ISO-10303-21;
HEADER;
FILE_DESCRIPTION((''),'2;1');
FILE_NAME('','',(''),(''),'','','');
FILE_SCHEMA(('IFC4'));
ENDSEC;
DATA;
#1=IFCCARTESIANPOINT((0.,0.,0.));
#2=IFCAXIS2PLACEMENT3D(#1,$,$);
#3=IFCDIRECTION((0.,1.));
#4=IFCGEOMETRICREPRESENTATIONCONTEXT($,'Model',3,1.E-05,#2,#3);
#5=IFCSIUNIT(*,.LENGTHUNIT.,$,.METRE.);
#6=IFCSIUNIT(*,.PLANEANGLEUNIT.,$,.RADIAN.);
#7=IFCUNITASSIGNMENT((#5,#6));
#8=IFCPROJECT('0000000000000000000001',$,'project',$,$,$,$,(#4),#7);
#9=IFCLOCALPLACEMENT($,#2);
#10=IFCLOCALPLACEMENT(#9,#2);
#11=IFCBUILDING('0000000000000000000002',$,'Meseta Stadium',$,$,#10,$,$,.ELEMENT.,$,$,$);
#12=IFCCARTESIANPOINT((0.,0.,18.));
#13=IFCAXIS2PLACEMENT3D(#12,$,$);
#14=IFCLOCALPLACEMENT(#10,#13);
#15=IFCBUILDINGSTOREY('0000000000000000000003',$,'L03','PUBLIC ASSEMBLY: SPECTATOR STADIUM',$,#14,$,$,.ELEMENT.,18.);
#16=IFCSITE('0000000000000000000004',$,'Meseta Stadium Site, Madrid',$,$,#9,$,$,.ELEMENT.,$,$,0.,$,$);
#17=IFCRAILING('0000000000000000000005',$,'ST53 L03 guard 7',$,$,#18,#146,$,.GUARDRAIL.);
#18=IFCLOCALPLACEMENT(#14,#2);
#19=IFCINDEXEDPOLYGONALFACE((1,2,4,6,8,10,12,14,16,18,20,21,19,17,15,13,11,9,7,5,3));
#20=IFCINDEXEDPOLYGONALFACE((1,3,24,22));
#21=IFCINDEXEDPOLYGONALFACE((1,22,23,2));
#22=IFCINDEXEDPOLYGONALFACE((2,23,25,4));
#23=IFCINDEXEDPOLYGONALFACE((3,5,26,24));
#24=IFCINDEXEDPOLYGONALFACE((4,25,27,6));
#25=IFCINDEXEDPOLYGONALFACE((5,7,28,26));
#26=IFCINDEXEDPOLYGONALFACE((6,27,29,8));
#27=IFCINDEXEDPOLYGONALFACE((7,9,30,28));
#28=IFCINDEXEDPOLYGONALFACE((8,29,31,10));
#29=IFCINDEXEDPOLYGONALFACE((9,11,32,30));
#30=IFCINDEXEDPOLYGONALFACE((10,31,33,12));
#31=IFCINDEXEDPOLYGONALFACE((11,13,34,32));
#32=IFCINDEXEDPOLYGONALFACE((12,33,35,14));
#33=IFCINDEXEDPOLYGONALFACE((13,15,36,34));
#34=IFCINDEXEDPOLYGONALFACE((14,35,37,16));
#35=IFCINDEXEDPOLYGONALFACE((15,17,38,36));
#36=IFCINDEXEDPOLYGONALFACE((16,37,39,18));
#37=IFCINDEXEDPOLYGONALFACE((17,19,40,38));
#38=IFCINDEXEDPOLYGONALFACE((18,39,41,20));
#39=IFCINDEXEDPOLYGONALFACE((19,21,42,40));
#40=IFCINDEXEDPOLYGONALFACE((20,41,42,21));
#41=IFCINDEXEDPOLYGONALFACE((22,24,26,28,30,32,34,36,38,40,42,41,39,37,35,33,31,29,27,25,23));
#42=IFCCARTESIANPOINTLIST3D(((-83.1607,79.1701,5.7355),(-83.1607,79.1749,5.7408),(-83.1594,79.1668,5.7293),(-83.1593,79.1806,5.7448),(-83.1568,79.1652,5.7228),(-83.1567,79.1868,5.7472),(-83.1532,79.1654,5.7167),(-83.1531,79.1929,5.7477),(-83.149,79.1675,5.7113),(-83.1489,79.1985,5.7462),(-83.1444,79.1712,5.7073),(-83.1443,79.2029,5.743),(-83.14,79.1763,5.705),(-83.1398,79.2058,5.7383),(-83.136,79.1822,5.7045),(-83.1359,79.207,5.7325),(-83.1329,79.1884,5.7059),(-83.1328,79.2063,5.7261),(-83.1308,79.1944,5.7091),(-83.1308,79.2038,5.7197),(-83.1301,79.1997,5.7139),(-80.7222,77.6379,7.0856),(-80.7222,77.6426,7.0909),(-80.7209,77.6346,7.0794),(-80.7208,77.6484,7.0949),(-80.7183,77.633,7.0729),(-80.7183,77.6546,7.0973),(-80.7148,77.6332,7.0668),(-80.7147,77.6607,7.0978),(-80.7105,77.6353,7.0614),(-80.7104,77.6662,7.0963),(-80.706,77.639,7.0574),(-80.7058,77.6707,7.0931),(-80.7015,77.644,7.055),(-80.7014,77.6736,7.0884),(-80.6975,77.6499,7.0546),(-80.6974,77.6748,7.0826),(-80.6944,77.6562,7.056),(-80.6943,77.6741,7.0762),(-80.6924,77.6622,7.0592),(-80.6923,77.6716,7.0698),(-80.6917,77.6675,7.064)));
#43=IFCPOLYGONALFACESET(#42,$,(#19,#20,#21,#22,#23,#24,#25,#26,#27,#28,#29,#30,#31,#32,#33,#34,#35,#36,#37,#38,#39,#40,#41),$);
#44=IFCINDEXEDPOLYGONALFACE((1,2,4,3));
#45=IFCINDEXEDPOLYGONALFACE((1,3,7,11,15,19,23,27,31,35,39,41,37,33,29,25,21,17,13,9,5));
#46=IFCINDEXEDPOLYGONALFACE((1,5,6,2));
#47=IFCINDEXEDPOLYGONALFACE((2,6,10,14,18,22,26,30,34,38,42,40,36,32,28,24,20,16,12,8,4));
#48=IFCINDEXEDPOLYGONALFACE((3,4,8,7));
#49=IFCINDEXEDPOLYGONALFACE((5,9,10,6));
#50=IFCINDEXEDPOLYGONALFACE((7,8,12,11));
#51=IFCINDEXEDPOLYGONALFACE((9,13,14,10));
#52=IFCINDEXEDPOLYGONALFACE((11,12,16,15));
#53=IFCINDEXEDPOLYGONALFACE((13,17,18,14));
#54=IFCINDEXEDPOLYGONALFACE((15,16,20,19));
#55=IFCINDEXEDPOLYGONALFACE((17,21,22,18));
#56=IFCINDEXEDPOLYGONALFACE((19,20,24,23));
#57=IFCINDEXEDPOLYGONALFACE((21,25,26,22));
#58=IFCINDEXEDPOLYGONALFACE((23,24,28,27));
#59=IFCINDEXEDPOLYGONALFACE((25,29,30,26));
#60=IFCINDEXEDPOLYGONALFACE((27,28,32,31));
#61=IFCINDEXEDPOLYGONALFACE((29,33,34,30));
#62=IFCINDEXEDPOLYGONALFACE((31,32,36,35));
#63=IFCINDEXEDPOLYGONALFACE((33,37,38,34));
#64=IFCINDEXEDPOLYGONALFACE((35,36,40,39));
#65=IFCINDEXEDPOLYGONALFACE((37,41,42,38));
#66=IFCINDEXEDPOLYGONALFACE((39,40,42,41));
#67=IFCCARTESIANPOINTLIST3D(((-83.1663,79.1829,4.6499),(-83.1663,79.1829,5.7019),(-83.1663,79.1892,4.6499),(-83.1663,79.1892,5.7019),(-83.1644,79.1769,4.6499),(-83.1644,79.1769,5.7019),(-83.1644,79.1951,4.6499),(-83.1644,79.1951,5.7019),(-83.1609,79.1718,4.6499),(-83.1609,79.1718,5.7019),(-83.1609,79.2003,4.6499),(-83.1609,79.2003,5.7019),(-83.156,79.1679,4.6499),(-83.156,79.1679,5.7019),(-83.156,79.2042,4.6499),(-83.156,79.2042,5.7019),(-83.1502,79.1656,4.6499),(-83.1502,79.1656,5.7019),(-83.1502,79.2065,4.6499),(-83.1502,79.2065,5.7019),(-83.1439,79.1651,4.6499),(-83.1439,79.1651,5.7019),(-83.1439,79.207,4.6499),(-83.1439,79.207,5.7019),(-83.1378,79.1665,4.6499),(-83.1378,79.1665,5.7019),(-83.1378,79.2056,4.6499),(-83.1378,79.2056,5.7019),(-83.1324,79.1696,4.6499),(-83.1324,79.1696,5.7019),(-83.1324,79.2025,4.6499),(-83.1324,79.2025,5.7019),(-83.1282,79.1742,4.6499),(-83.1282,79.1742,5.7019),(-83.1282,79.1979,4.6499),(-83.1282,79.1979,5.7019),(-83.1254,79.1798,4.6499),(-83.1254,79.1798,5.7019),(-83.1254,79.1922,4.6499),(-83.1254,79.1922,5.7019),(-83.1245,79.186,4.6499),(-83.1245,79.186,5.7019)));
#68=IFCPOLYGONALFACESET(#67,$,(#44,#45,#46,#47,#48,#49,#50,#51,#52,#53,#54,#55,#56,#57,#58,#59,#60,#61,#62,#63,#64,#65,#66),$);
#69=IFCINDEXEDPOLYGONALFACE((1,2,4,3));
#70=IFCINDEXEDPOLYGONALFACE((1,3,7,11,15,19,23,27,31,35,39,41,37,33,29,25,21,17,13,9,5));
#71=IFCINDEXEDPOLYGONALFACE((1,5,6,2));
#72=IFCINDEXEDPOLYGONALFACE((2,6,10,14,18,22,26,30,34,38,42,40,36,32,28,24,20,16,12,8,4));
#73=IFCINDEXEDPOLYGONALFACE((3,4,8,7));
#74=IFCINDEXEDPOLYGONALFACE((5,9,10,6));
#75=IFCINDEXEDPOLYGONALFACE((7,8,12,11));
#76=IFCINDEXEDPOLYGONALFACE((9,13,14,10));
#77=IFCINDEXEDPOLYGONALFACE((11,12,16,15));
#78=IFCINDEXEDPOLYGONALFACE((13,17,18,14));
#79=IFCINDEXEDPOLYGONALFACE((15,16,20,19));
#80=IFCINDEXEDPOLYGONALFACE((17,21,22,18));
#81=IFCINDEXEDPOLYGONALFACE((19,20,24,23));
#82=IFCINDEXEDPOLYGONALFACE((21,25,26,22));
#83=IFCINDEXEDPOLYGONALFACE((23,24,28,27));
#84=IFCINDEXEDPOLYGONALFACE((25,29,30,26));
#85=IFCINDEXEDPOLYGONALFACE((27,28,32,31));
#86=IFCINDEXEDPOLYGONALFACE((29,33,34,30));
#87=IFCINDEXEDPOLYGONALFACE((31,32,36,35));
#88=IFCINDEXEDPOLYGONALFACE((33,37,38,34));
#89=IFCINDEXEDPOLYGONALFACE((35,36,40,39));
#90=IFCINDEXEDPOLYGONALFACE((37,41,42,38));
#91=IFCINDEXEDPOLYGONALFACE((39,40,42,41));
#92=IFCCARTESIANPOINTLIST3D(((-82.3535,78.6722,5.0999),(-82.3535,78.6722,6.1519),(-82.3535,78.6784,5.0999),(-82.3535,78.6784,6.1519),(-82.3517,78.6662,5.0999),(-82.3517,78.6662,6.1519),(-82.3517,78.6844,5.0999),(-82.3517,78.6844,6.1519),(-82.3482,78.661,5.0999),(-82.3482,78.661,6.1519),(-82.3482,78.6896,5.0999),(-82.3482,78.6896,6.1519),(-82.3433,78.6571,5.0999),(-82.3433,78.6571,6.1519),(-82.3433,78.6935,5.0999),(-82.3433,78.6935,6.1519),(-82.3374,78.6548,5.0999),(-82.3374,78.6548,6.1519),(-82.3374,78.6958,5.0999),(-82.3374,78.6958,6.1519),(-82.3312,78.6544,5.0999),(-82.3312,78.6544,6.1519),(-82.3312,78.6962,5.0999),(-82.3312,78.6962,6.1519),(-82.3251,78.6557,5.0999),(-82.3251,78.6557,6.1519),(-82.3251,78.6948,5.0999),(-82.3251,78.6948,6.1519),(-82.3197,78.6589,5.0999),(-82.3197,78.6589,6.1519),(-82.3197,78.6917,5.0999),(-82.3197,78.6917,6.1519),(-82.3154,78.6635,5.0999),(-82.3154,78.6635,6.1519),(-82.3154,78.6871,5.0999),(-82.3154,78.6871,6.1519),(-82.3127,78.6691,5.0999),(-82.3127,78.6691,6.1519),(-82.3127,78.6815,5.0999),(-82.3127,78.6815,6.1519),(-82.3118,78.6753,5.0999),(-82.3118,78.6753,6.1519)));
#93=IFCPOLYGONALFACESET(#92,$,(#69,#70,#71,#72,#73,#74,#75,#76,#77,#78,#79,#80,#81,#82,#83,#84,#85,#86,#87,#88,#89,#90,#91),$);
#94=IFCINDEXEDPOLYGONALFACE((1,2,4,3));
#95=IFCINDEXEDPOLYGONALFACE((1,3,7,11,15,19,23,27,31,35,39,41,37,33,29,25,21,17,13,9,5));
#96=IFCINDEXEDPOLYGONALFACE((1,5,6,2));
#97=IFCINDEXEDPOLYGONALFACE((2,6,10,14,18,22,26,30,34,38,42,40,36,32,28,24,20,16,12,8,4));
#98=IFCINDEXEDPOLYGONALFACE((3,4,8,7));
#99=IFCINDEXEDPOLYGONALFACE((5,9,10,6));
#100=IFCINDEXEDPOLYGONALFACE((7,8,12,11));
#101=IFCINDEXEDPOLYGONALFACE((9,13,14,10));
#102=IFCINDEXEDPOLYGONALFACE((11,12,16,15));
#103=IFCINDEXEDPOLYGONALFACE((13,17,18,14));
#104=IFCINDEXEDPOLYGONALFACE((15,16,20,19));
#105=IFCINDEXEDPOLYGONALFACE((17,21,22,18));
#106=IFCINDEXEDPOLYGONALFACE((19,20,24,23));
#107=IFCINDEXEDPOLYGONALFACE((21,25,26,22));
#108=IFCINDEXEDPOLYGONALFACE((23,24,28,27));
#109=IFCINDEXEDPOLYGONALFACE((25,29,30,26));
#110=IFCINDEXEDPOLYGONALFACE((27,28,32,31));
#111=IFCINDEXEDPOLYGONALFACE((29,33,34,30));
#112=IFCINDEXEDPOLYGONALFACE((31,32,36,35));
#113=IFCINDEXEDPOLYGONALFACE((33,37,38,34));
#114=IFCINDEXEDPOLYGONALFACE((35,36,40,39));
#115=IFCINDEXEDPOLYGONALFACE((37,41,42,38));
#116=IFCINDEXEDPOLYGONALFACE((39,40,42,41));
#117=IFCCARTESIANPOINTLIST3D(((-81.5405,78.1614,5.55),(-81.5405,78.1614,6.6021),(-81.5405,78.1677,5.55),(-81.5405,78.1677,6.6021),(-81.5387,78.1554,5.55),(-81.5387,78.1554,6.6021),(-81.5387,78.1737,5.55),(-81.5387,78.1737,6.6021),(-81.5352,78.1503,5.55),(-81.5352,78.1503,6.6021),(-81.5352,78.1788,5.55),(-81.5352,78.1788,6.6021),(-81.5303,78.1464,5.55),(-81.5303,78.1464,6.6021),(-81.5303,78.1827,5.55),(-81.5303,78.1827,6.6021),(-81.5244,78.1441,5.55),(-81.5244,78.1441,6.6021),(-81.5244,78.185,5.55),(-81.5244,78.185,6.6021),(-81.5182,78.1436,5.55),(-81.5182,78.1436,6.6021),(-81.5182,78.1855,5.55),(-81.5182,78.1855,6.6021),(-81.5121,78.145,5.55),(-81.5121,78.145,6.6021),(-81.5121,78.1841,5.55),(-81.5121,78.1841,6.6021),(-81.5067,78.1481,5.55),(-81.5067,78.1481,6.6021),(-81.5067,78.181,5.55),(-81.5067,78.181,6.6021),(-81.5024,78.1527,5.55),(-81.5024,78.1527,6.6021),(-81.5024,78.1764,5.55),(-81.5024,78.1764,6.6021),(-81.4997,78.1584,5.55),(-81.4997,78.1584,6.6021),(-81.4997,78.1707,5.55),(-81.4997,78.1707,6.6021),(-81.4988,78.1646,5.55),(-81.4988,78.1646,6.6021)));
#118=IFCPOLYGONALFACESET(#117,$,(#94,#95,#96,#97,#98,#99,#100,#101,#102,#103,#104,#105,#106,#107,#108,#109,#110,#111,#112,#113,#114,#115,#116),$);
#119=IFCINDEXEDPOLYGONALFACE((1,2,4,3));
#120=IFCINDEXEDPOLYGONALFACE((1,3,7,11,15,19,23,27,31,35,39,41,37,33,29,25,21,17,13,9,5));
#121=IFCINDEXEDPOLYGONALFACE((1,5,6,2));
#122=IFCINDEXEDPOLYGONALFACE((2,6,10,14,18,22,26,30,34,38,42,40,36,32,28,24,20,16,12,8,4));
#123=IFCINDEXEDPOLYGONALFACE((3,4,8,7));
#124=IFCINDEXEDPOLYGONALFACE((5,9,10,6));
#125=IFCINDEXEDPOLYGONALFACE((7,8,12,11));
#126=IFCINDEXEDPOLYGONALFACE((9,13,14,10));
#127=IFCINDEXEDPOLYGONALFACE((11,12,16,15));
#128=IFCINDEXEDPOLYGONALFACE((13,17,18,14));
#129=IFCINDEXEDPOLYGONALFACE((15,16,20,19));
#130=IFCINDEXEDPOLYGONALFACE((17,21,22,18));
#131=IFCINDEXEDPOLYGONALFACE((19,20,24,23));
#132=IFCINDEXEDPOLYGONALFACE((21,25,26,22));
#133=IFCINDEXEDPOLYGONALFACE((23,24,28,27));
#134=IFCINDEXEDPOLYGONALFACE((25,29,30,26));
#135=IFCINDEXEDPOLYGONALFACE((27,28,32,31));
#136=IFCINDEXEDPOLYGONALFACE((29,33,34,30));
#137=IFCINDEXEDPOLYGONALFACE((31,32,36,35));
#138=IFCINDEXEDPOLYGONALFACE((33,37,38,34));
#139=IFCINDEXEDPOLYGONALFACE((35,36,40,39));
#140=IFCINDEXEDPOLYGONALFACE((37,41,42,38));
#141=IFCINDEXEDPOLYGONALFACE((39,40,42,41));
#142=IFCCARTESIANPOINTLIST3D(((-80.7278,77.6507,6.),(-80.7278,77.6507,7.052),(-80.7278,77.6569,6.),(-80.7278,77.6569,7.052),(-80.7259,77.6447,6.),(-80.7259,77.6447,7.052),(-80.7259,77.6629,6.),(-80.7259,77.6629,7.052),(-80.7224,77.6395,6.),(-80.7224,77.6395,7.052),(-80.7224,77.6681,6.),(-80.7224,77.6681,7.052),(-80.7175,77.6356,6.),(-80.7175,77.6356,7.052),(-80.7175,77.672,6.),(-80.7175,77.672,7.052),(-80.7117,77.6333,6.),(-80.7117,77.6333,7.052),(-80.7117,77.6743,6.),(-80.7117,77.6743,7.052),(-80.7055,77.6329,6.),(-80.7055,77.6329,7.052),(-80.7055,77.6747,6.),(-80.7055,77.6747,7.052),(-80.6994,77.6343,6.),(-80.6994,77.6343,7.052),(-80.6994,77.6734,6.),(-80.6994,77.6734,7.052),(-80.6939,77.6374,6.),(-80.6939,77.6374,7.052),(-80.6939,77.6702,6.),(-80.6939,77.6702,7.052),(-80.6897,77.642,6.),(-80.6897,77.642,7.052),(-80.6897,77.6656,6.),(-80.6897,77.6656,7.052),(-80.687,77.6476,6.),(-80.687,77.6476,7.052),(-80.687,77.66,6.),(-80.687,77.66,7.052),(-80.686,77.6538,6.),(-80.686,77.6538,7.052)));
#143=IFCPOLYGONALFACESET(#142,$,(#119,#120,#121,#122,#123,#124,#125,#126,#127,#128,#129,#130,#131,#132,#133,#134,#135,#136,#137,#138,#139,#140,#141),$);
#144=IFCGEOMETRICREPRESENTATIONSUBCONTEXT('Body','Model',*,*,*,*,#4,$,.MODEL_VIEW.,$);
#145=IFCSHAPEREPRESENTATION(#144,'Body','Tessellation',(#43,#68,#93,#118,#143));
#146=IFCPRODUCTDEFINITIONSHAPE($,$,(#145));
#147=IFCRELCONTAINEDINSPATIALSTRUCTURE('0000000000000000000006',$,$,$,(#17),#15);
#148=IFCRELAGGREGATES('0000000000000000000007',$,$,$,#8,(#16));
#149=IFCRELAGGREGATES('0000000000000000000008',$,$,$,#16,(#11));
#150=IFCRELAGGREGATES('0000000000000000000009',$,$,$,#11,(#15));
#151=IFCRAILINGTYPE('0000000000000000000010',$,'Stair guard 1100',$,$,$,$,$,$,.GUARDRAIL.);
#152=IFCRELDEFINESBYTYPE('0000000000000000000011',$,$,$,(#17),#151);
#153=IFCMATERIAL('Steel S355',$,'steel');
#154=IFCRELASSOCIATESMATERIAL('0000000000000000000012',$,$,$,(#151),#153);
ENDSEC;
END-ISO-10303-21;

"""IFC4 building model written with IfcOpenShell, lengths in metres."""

from ifc_helpers import new_model, si_unit, direction, frame, origin, origin_2d, place, context, subcontext, project, spatial, circle, extrude, material, type_object, element, save


model = new_model("IFC4")

# Units and contexts
model_context = context("Model", 3, precision=1e-05, world=origin(), true_north=direction((0.0, 1.0)))
body_context = subcontext(model_context, "Body", "Model", "MODEL_VIEW")
ifc_project = project(units=[si_unit("LENGTHUNIT", "METRE"), si_unit("PLANEANGLEUNIT", "RADIAN")], contexts=[model_context])

# Site, building, storey
site_placement = place(None, origin())
site = spatial("IfcSite", under=ifc_project, at=site_placement, Name="Meseta Stadium Site, Madrid", CompositionType="ELEMENT", RefElevation=0.0)
building_placement = place(site_placement, origin())
building = spatial("IfcBuilding", under=site, at=building_placement, Name="Meseta Stadium", CompositionType="ELEMENT")
storey_placement = place(building_placement, frame((0.0, 0.0, 18.0)))
storey = spatial("IfcBuildingStorey", under=building, at=storey_placement, Name="L03", Description="PUBLIC ASSEMBLY: SPECTATOR STADIUM", CompositionType="ELEMENT", Elevation=18.0)

# Railing
ifc_material_1 = material(Name="Steel S355", Category="steel")
railing_type_1 = type_object("IfcRailingType", Name="Stair guard 1100", PredefinedType="GUARDRAIL", material=ifc_material_1)
railing_1_placement = place(storey_placement, frame((-83.1455, 79.186, 4.6499)))
element("IfcRailing", 1, at=railing_1_placement, inside=storey, type_object=railing_type_1, Name="ST53 L03 guard 7", PredefinedType="GUARDRAIL", context=body_context, shape_type="SweptSolid", body=[
    extrude(circle(Radius=0.0239, at=origin_2d()), frame((0.0, 0.0, 1.0762), z_axis=(0.766655, -0.481731, 0.42447), x_axis=(0.53204, 0.846719, 0.0)), (0.0, 0.0, 1.0), 3.1807),
    extrude(circle(Radius=0.021, at=origin_2d()), origin(), (0.0, 0.0, 1.0), 1.052),
    extrude(circle(Radius=0.021, at=origin_2d()), frame((0.8127, -0.5107, 0.45)), (0.0, 0.0, 1.0), 1.052),
    extrude(circle(Radius=0.021, at=origin_2d()), frame((1.6257, -1.0215, 0.9001)), (0.0, 0.0, 1.0), 1.052),
    extrude(circle(Radius=0.021, at=origin_2d()), frame((2.4385, -1.5322, 1.3501)), (0.0, 0.0, 1.0), 1.052),
])

save(model, "model.ifc")
